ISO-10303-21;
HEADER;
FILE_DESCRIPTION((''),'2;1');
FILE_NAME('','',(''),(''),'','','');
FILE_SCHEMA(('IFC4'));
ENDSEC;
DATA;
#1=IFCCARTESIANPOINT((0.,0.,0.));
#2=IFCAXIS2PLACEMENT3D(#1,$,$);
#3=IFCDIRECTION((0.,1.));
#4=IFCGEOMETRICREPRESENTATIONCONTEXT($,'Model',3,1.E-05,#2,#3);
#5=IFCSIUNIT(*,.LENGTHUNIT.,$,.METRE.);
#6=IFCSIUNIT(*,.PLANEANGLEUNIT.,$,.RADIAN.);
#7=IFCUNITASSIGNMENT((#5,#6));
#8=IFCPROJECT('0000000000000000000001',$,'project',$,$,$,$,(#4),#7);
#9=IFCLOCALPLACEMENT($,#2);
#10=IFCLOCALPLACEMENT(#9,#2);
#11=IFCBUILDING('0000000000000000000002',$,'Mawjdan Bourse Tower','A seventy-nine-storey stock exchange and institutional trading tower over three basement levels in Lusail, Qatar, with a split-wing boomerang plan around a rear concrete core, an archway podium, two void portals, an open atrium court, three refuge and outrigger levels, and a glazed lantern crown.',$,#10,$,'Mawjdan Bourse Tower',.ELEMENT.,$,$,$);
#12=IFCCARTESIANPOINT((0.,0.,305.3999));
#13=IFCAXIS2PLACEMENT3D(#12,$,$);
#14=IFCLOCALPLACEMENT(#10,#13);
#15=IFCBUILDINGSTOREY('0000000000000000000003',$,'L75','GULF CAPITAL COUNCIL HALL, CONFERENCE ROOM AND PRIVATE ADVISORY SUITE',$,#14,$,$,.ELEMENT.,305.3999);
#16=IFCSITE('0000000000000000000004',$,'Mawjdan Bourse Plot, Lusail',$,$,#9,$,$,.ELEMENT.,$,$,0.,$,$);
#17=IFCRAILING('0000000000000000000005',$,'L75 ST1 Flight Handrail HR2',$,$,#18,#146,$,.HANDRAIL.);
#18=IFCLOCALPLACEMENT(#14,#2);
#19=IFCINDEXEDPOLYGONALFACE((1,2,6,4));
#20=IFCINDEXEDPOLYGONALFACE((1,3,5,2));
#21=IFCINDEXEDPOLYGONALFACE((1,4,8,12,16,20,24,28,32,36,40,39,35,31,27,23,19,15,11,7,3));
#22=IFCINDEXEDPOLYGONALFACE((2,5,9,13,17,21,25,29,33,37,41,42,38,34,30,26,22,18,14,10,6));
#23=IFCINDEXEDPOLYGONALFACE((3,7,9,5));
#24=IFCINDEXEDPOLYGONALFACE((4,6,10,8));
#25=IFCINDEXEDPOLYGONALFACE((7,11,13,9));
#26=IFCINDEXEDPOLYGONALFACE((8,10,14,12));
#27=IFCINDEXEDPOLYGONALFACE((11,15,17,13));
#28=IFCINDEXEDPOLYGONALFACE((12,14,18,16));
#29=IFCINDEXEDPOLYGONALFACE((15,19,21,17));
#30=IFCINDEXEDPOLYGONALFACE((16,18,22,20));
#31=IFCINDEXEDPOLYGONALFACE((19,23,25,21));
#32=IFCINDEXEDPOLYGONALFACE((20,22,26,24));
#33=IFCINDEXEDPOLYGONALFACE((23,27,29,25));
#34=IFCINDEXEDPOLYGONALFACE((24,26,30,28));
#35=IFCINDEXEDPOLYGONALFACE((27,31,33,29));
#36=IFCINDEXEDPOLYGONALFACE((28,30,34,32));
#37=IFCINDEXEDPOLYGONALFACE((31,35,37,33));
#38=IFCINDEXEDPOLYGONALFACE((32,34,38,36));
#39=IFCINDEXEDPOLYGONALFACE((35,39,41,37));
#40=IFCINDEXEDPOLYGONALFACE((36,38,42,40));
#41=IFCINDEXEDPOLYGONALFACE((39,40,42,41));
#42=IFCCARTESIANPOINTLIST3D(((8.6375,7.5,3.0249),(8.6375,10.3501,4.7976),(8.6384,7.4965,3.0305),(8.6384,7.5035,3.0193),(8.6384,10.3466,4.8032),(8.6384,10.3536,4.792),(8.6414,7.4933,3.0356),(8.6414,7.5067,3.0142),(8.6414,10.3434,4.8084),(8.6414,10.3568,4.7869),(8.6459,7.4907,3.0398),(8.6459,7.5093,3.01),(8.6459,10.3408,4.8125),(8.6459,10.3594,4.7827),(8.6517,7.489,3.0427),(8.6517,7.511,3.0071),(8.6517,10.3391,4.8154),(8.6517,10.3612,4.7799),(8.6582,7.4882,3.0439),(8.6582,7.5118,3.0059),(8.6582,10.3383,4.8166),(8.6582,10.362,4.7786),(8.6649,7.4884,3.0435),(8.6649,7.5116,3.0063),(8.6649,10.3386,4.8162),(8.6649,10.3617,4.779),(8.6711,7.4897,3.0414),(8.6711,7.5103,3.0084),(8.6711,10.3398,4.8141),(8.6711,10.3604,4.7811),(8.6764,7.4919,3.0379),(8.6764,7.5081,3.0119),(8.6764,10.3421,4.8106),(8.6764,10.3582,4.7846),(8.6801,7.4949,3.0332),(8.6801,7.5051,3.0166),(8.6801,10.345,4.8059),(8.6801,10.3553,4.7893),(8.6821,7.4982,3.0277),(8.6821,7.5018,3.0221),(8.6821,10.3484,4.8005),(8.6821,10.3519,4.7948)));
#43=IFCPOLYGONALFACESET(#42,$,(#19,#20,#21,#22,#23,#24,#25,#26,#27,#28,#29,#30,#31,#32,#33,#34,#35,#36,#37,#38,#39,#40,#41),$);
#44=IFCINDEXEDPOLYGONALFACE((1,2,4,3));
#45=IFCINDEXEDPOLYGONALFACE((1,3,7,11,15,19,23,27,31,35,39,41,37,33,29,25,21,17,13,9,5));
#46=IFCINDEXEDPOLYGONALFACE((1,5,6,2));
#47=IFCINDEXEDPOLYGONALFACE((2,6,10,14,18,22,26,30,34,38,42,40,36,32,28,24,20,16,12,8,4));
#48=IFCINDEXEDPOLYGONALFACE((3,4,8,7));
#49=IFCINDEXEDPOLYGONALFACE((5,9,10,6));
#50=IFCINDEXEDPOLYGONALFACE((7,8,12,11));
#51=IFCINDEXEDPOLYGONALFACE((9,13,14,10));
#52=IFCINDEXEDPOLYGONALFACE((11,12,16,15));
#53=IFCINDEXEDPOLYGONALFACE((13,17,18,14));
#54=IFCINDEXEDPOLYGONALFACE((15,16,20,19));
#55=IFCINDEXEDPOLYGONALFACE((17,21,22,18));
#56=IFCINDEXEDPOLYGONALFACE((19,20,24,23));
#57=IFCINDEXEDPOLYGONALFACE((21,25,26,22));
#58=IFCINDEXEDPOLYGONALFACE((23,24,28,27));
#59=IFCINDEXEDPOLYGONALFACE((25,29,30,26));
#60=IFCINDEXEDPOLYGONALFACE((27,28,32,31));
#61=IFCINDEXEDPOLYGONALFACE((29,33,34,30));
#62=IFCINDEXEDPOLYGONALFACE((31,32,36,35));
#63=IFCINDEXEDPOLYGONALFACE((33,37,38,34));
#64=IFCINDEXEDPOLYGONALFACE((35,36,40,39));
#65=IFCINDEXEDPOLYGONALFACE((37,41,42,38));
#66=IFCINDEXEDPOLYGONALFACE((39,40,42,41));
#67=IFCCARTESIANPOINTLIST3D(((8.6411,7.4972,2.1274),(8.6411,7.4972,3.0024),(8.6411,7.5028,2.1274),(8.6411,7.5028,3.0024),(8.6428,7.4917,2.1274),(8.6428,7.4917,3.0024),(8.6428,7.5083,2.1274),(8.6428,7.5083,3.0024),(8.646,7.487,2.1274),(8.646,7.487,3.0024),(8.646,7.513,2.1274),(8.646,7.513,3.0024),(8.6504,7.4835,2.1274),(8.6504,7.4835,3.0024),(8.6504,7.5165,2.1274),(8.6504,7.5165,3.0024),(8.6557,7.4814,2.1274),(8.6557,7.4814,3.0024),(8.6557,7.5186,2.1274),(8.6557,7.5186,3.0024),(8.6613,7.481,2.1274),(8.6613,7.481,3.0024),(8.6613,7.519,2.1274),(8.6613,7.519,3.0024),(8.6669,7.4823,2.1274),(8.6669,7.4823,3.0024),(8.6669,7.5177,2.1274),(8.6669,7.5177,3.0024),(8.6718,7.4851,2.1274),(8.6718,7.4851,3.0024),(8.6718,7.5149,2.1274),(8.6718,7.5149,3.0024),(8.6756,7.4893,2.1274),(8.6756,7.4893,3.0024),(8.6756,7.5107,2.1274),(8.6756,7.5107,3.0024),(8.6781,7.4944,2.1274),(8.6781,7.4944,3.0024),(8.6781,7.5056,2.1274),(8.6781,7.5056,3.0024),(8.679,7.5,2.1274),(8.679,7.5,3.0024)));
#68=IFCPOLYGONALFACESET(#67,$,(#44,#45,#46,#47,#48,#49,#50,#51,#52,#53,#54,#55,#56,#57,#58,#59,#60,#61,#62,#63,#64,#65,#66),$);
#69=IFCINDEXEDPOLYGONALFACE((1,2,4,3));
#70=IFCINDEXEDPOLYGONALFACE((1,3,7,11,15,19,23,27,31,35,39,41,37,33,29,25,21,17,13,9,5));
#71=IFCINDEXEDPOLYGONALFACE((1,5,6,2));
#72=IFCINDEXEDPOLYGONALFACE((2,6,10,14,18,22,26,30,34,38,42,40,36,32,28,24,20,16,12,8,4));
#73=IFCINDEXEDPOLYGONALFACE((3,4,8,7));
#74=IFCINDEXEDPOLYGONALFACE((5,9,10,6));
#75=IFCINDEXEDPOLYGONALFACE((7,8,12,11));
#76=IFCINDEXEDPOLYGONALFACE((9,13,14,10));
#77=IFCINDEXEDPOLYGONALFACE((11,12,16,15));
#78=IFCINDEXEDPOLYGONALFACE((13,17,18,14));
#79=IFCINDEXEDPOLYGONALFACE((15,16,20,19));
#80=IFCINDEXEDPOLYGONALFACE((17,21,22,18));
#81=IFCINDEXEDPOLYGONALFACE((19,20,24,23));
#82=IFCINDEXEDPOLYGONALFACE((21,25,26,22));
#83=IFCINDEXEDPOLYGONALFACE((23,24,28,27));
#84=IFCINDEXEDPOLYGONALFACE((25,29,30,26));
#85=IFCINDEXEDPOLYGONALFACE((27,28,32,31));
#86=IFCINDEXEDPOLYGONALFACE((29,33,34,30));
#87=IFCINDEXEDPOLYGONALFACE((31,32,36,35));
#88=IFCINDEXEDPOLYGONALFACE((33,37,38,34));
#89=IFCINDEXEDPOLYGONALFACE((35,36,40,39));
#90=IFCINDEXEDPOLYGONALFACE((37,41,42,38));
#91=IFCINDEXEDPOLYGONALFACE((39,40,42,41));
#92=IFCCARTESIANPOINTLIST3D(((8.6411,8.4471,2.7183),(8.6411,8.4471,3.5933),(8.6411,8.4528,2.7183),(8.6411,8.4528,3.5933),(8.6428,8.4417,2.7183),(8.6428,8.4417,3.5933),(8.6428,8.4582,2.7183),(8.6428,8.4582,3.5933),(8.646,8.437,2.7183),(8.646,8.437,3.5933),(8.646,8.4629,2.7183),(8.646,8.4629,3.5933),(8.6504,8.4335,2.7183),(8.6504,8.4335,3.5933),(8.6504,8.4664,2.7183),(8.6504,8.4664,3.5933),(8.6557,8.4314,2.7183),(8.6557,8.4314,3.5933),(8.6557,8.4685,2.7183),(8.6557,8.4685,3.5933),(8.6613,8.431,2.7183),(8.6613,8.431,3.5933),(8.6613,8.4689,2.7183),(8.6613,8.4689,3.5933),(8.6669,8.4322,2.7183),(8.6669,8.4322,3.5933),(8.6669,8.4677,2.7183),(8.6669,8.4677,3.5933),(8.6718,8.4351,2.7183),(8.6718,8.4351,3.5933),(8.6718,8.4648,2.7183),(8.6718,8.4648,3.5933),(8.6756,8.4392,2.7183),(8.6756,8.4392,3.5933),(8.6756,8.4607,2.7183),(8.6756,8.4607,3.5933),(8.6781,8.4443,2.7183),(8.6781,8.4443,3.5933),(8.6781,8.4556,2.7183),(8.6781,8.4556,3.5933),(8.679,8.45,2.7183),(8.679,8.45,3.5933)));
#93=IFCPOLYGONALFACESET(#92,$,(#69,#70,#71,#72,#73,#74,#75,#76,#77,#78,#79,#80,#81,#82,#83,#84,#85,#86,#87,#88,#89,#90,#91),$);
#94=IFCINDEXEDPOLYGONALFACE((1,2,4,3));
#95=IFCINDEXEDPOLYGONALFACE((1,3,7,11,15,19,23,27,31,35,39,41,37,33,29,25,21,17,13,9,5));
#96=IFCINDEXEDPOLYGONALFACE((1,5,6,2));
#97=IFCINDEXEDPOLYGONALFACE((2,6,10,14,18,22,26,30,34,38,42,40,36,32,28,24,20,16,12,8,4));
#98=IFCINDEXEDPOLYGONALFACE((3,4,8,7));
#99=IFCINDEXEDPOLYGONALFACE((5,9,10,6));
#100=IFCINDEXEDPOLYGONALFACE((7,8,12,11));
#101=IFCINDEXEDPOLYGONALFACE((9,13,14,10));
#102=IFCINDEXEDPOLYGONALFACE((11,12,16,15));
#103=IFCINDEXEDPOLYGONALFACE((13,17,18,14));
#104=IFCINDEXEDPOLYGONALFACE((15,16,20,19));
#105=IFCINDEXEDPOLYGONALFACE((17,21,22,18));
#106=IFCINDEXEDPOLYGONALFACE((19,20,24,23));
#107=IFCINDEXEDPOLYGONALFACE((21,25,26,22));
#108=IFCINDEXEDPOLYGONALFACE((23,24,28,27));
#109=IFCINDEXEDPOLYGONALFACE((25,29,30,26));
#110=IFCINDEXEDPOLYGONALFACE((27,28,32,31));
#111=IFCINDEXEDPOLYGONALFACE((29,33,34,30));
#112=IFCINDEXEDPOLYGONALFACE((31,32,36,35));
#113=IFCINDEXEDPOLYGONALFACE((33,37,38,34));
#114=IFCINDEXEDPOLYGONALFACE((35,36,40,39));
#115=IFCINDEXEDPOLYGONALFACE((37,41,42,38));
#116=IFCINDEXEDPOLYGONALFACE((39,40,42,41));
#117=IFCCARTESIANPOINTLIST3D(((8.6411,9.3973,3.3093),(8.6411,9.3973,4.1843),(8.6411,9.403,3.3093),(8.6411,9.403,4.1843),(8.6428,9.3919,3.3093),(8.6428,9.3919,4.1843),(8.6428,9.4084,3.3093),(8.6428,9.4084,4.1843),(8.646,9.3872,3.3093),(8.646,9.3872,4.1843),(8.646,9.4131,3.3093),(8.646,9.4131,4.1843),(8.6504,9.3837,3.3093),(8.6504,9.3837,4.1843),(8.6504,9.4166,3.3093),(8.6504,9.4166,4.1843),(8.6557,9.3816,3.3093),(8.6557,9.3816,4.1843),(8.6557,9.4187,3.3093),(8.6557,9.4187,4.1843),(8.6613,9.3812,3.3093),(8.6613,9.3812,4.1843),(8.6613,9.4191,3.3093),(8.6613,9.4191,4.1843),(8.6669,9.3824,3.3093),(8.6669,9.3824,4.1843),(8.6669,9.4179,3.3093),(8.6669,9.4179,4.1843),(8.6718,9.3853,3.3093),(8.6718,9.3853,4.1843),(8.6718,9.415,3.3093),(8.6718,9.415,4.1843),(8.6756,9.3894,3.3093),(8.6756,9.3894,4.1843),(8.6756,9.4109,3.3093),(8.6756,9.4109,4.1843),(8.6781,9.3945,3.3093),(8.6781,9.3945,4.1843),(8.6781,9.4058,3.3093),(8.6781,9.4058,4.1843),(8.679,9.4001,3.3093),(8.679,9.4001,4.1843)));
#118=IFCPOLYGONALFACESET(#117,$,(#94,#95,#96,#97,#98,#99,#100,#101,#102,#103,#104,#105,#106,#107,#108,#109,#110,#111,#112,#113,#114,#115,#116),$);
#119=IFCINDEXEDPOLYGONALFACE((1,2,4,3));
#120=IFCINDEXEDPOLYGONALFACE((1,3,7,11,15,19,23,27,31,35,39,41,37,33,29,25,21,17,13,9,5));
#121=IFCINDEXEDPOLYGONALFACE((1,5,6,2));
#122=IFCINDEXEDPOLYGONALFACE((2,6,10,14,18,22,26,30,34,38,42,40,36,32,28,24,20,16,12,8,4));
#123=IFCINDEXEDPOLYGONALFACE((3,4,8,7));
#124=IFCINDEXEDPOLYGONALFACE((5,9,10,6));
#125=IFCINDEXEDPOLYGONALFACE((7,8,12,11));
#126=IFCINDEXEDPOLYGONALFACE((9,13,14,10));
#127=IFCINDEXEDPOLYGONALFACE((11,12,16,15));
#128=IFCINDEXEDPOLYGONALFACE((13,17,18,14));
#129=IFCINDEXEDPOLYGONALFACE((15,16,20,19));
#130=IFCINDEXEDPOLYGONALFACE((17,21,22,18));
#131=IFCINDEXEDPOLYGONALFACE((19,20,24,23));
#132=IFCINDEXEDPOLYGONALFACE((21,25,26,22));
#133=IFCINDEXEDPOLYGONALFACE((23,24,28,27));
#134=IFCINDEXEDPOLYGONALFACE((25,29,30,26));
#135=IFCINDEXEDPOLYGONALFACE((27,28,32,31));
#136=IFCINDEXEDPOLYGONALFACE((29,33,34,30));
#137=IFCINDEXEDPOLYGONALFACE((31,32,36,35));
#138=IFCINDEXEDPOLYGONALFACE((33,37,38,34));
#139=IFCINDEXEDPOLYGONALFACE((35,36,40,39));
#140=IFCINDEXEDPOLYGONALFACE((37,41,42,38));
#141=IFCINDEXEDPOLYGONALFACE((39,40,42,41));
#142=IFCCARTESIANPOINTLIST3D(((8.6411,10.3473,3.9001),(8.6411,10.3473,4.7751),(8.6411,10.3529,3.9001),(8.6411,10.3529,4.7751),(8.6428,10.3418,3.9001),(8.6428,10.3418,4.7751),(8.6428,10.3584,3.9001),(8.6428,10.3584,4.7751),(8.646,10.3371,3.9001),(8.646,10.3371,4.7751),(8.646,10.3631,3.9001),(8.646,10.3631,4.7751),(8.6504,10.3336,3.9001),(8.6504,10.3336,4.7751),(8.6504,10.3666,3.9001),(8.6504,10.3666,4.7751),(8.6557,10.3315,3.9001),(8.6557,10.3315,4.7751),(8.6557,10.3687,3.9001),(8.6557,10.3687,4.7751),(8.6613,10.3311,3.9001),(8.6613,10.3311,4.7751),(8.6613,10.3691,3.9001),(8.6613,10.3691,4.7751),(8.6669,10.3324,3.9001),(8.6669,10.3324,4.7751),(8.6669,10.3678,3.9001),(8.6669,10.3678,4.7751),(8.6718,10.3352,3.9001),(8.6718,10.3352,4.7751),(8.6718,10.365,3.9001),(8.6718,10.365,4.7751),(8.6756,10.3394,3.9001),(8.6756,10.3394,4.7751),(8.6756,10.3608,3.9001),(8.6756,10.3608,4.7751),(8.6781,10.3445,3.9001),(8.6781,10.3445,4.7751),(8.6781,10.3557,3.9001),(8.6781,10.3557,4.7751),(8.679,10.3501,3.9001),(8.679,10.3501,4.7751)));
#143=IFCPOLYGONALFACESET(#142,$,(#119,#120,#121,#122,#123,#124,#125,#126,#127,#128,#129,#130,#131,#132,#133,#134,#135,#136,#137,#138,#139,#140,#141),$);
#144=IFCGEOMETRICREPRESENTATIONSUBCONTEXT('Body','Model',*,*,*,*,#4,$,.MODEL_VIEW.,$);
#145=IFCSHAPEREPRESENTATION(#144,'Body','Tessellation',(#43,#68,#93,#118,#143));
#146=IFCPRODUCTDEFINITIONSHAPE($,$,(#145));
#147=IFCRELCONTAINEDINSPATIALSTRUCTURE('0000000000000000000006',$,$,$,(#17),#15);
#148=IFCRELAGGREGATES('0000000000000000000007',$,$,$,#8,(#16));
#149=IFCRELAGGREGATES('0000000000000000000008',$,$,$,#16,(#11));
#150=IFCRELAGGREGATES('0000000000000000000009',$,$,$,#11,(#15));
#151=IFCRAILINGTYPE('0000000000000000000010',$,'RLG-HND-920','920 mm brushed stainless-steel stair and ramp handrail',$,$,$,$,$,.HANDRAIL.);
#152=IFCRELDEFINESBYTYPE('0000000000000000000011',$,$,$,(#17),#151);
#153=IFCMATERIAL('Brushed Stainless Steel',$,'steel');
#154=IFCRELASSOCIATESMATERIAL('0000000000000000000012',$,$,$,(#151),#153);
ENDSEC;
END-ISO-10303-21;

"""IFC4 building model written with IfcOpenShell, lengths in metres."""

from ifc_helpers import new_model, si_unit, direction, frame, origin, origin_2d, place, context, subcontext, project, spatial, circle, extrude, material, type_object, element, save


model = new_model("IFC4")

# Units and contexts
model_context = context("Model", 3, precision=1e-05, world=origin(), true_north=direction((0.0, 1.0)))
body_context = subcontext(model_context, "Body", "Model", "MODEL_VIEW")
ifc_project = project(units=[si_unit("LENGTHUNIT", "METRE"), si_unit("PLANEANGLEUNIT", "RADIAN")], contexts=[model_context])

# Site, building, storey
site_placement = place(None, origin())
site = spatial("IfcSite", under=ifc_project, at=site_placement, Name="Mawjdan Bourse Plot, Lusail", CompositionType="ELEMENT", RefElevation=0.0)
building_placement = place(site_placement, origin())
building = spatial("IfcBuilding", under=site, at=building_placement, Name="Mawjdan Bourse Tower", Description="A seventy-nine-storey stock exchange and institutional trading tower over three basement levels in Lusail, Qatar, with a split-wing boomerang plan around a rear concrete core, an archway podium, two void portals, an open atrium court, three refuge and outrigger levels, and a glazed lantern crown.", LongName="Mawjdan Bourse Tower", CompositionType="ELEMENT")
storey_placement = place(building_placement, frame((0.0, 0.0, 305.3999)))
storey = spatial("IfcBuildingStorey", under=building, at=storey_placement, Name="L75", Description="GULF CAPITAL COUNCIL HALL, CONFERENCE ROOM AND PRIVATE ADVISORY SUITE", CompositionType="ELEMENT", Elevation=305.3999)

# Railing
ifc_material_1 = material(Name="Brushed Stainless Steel", Category="steel")
railing_type_1 = type_object("IfcRailingType", Name="RLG-HND-920", Description="920 mm brushed stainless-steel stair and ramp handrail", PredefinedType="HANDRAIL", material=ifc_material_1)
railing_placement = place(storey_placement, frame((8.6599, 7.5, 2.1274)))
element("IfcRailing", 1, at=railing_placement, inside=storey, type_object=railing_type_1, Name="L75 ST1 Flight Handrail HR2", PredefinedType="HANDRAIL", context=body_context, shape_type="SweptSolid", body=[
    extrude(circle(Radius=0.0225, at=origin_2d()), frame((0.0, 0.0, 0.8975), z_axis=(0.0, 0.849149, 0.528154), x_axis=(-1.0, 0.0, 0.0)), (0.0, 0.0, 1.0), 3.3564),
    extrude(circle(Radius=0.019, at=origin_2d()), origin(), (0.0, 0.0, 1.0), 0.875),
    extrude(circle(Radius=0.019, at=origin_2d()), frame((0.0, 0.95, 0.5908)), (0.0, 0.0, 1.0), 0.875),
    extrude(circle(Radius=0.019, at=origin_2d()), frame((0.0, 1.9001, 1.1819)), (0.0, 0.0, 1.0), 0.875),
    extrude(circle(Radius=0.019, at=origin_2d()), frame((0.0, 2.8501, 1.7727)), (0.0, 0.0, 1.0), 0.875),
])

save(model, "model.ifc")
